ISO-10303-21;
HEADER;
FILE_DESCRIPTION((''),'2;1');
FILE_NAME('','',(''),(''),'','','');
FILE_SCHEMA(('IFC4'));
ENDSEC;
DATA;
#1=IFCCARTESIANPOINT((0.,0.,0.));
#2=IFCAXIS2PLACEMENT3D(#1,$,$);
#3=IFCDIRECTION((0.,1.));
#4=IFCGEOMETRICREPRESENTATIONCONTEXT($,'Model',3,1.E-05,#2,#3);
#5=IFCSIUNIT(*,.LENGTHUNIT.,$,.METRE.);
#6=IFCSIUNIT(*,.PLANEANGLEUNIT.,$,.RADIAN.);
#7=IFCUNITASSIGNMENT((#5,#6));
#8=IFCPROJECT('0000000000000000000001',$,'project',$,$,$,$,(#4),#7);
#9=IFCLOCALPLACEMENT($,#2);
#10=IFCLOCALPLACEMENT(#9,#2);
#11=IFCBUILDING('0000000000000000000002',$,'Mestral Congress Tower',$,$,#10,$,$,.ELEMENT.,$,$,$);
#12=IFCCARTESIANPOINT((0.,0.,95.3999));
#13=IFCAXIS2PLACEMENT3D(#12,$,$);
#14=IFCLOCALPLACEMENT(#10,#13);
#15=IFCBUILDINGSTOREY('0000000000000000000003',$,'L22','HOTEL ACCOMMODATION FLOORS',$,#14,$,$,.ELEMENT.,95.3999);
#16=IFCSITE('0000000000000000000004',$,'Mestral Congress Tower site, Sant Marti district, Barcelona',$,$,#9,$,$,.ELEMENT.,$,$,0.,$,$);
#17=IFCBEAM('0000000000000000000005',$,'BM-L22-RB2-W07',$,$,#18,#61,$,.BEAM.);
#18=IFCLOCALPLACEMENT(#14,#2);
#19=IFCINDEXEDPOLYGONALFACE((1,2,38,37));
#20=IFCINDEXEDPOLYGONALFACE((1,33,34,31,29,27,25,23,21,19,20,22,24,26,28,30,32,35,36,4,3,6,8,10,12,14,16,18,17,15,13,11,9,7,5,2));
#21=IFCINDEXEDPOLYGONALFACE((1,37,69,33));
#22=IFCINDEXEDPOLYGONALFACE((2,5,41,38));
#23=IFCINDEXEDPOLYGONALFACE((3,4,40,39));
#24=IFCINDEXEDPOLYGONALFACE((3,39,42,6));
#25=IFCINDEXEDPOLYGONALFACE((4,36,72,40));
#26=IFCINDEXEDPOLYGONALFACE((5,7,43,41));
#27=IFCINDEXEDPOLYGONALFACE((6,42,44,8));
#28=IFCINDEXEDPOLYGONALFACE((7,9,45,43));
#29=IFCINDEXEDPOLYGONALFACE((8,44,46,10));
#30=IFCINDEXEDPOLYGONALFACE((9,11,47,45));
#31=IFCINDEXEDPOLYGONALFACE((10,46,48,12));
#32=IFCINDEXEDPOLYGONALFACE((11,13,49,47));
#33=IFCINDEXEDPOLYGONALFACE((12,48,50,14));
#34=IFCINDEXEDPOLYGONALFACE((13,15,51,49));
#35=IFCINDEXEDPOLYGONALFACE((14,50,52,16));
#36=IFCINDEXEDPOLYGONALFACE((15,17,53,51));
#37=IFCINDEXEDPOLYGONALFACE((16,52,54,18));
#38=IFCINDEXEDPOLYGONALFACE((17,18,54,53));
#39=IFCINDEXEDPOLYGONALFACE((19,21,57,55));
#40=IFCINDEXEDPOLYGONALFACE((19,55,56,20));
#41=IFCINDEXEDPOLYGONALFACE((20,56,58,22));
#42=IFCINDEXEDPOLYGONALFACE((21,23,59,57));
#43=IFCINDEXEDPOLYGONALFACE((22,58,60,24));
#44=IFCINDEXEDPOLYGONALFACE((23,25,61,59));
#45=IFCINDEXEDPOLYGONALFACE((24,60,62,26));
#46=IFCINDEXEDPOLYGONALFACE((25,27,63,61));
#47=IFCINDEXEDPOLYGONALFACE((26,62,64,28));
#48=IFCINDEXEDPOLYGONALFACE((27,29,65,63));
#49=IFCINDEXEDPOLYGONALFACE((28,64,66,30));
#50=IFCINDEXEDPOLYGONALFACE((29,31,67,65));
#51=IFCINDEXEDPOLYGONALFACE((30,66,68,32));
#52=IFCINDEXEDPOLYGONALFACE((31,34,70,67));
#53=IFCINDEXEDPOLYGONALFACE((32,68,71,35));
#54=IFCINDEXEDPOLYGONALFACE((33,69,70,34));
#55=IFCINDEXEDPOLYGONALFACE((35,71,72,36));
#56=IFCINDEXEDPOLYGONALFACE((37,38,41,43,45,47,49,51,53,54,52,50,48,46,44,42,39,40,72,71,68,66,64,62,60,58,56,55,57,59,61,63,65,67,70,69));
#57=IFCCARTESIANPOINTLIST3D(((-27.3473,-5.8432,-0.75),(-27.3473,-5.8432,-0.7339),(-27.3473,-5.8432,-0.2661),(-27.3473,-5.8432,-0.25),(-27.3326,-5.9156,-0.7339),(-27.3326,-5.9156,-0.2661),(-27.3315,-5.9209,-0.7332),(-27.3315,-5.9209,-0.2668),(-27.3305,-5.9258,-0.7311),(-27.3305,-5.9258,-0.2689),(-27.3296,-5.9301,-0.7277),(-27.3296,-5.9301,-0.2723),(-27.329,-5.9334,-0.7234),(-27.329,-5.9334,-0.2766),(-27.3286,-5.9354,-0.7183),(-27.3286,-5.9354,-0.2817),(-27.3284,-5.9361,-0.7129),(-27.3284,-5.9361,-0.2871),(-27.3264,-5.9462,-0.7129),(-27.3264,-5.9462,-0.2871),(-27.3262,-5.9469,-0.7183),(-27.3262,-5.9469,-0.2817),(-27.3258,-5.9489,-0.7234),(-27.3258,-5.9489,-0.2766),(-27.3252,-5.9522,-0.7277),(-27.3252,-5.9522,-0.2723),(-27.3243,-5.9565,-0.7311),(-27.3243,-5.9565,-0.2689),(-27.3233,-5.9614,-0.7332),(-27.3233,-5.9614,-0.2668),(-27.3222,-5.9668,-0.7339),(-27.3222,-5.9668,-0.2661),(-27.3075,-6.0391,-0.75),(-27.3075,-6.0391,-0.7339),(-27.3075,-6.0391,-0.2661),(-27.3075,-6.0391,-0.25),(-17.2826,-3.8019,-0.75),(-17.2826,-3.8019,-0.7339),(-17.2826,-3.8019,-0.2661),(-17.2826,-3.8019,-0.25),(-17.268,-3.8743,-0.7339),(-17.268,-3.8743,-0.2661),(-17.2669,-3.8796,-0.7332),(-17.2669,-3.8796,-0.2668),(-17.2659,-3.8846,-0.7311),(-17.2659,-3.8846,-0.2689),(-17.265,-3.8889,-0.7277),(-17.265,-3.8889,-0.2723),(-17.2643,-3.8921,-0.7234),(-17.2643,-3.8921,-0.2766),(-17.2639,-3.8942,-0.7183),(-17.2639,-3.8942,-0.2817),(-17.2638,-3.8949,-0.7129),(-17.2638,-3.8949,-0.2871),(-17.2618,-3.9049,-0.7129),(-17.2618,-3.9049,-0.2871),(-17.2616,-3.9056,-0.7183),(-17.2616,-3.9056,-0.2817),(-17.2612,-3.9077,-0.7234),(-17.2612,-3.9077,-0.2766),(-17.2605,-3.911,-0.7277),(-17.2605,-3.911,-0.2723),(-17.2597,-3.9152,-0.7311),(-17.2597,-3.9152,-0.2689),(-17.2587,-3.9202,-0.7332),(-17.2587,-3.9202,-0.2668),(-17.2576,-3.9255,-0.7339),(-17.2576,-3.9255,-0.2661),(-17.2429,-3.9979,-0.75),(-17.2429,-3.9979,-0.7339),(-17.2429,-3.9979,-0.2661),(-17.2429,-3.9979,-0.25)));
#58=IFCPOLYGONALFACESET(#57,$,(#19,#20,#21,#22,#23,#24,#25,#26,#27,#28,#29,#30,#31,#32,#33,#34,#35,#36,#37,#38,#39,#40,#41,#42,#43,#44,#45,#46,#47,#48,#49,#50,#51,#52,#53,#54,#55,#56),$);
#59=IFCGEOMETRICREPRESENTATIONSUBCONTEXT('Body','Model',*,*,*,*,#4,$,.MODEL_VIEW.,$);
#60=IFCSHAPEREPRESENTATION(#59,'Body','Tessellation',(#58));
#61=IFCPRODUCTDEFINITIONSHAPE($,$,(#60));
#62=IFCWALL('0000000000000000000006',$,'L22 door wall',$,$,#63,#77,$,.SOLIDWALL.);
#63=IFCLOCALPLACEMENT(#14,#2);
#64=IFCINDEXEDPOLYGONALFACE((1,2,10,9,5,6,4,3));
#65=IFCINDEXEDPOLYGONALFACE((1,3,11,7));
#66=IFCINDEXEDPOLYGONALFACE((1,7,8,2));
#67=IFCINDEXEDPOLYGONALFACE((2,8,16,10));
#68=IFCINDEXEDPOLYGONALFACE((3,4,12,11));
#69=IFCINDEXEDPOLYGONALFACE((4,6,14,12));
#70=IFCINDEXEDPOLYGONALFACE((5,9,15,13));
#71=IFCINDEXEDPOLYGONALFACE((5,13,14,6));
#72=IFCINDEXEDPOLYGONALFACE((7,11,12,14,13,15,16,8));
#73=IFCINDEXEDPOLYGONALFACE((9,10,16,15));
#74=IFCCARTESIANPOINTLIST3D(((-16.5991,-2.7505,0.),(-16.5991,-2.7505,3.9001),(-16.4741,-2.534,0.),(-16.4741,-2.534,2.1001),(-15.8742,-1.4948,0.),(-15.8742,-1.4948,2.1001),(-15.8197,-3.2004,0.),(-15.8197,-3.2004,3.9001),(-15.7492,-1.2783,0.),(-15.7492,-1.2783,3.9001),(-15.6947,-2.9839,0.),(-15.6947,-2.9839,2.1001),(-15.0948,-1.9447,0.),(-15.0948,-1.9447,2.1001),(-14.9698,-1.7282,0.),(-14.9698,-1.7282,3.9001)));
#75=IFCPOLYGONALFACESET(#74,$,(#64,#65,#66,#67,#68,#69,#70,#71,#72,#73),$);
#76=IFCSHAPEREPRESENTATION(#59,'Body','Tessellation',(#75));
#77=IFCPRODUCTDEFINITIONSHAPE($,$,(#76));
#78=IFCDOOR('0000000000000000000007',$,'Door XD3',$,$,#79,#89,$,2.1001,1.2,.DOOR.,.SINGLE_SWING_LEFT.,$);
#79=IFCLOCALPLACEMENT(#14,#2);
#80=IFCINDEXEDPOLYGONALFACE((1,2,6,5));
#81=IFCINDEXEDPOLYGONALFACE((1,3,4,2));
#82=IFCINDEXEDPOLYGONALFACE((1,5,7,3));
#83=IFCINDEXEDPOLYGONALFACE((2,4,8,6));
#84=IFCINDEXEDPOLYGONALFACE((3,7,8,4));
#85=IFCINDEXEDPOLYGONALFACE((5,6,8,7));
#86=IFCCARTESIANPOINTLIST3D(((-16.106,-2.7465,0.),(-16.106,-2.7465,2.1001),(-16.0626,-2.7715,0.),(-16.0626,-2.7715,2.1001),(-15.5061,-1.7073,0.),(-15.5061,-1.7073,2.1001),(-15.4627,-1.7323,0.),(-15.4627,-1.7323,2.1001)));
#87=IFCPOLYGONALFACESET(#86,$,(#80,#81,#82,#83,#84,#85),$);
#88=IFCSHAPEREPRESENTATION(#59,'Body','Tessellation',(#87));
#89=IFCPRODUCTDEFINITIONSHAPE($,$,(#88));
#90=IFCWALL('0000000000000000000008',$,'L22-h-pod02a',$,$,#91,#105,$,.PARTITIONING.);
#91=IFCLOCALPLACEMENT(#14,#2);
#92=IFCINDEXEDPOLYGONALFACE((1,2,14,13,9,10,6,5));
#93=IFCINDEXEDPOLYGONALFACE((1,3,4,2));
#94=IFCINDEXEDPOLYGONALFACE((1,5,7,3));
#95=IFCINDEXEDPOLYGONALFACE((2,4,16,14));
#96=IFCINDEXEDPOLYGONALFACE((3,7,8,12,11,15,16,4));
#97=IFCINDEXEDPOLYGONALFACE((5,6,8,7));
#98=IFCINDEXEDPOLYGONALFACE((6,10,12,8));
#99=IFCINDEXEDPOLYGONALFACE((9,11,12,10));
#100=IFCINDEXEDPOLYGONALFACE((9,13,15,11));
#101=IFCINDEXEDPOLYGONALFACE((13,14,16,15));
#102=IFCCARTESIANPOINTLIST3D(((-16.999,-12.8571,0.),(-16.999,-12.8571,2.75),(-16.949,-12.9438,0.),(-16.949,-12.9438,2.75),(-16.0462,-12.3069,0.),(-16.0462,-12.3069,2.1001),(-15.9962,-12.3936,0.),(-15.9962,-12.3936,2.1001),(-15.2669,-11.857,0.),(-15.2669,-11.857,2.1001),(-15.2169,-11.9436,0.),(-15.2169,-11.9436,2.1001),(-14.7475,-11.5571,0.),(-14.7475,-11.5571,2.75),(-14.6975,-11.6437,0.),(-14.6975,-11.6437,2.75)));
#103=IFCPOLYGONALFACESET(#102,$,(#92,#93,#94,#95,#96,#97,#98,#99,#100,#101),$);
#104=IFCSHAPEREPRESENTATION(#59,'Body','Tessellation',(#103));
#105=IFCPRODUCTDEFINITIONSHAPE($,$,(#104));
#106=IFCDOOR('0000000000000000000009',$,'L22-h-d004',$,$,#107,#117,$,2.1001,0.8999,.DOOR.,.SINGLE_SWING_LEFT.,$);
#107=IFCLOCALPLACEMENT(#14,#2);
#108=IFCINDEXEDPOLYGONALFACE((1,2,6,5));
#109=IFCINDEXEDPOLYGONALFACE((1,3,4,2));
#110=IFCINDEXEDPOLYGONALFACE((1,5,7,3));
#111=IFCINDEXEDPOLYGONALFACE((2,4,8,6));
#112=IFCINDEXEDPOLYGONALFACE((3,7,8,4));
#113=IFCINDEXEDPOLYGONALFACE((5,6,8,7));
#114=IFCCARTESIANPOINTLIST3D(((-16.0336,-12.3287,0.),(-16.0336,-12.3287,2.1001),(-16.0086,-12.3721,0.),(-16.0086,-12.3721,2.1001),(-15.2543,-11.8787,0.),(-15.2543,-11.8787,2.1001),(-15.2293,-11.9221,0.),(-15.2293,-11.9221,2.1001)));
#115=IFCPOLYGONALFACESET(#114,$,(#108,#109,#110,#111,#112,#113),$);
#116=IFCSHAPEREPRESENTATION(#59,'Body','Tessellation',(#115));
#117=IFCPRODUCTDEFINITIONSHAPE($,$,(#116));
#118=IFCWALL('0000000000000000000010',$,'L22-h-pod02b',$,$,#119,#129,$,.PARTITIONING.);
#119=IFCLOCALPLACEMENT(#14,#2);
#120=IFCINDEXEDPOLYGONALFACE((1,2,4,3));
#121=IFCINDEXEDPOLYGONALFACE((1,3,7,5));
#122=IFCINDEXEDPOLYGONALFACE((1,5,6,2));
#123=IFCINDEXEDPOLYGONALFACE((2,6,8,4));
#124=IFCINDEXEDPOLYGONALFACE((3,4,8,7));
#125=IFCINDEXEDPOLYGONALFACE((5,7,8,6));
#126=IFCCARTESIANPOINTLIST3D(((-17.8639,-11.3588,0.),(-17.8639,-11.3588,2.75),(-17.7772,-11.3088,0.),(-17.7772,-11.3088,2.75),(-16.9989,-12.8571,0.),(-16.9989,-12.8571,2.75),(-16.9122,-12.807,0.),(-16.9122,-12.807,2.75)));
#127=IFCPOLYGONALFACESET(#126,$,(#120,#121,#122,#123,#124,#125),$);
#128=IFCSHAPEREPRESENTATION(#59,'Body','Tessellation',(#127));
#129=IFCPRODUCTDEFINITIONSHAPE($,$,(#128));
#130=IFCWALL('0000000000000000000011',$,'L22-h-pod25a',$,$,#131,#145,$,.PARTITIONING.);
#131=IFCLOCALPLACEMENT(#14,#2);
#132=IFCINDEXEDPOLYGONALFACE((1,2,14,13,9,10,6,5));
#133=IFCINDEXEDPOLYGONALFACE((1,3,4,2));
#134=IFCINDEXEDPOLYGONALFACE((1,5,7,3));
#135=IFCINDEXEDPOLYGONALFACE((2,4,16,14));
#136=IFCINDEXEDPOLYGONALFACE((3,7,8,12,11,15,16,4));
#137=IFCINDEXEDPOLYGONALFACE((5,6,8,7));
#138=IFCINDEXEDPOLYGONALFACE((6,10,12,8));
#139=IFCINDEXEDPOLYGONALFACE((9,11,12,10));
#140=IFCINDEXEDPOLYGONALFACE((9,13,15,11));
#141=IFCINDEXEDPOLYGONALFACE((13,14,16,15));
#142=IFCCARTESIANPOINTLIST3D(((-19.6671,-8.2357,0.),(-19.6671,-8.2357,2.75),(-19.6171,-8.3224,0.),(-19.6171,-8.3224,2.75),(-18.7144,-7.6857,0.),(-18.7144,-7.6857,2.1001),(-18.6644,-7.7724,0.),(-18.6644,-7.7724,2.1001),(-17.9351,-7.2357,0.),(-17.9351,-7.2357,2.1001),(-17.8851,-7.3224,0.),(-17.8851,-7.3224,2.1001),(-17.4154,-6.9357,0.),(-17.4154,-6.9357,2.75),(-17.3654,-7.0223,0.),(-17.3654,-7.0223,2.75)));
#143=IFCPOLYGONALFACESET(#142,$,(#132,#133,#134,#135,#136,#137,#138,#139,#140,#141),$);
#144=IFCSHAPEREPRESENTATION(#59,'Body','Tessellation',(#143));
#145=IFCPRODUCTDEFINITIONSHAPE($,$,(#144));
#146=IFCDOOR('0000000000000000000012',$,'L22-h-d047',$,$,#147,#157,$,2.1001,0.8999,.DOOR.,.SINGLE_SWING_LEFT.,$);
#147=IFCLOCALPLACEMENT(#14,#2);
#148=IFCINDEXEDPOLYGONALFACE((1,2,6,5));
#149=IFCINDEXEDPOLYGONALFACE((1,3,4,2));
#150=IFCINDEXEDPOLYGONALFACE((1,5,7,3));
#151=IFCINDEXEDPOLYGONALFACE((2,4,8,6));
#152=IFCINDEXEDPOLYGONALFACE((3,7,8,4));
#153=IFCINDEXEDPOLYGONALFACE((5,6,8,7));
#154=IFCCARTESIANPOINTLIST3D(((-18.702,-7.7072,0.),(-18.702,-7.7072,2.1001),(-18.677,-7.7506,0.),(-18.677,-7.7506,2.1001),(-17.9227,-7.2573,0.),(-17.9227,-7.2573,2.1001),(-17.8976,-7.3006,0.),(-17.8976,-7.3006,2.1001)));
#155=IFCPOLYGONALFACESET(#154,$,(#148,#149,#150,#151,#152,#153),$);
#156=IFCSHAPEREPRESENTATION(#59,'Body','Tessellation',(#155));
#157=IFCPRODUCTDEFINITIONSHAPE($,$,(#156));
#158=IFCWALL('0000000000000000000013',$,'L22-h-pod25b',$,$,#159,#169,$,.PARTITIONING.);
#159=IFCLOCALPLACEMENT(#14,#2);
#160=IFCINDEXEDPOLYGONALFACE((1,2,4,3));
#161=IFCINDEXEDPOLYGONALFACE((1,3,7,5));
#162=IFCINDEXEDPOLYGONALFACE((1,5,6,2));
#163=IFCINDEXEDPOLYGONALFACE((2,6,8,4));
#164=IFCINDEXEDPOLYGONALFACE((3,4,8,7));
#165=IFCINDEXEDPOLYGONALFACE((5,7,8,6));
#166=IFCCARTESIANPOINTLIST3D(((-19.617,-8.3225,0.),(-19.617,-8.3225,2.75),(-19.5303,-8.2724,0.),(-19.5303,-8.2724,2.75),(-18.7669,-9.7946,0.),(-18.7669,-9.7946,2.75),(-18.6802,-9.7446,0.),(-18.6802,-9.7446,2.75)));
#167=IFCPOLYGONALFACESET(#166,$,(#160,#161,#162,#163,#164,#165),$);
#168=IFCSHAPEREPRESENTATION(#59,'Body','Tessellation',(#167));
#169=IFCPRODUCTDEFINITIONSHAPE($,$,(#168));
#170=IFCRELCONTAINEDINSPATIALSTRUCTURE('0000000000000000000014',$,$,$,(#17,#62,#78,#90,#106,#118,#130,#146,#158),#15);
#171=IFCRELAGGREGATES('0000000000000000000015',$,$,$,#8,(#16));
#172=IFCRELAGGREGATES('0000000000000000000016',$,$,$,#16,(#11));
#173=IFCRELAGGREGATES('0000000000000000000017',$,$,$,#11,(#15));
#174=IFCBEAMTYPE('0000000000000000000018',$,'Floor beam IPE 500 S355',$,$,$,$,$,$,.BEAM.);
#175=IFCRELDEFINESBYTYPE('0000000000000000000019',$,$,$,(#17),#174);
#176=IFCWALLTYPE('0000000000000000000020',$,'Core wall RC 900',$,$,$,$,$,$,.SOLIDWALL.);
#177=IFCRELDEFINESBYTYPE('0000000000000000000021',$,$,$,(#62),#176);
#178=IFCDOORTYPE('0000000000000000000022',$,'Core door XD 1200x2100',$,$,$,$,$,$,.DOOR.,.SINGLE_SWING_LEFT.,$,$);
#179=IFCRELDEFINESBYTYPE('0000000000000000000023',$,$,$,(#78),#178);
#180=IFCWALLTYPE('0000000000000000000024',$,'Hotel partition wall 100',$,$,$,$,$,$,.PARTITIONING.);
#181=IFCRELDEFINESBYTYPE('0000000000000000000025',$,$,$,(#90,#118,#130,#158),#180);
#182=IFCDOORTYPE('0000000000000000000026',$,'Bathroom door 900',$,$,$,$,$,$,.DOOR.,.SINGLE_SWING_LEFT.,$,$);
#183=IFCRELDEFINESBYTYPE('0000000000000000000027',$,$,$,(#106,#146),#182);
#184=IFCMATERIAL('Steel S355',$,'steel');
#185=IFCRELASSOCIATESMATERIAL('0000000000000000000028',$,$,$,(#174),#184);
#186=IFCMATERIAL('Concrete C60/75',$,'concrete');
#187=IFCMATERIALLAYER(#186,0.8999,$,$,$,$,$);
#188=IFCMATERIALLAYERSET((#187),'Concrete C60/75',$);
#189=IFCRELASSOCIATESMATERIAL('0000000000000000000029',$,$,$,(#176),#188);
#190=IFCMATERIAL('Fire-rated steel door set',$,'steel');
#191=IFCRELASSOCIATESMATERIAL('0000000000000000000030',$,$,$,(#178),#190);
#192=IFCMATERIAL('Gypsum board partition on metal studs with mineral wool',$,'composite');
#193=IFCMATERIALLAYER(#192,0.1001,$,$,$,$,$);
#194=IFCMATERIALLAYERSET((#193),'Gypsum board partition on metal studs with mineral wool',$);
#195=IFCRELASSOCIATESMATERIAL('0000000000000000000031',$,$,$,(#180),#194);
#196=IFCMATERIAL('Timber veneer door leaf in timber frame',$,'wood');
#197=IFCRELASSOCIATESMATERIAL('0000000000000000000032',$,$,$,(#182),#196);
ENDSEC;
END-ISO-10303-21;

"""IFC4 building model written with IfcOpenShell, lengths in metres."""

from ifc_helpers import new_model, si_unit, direction, frame, frame_2d, origin, origin_2d, place, context, subcontext, project, spatial, rectangle, i_section, extrude, material, layer, layer_set, material_profile, profile_set, type_object, element, fill, save


model = new_model("IFC4")

# Units and contexts
model_context = context("Model", 3, precision=1e-05, world=origin(), true_north=direction((0.0, 1.0)))
body_context = subcontext(model_context, "Body", "Model", "MODEL_VIEW")
ifc_project = project(units=[si_unit("LENGTHUNIT", "METRE"), si_unit("PLANEANGLEUNIT", "RADIAN")], contexts=[model_context])

# Site, building, storey
site_placement = place(None, origin())
site = spatial("IfcSite", under=ifc_project, at=site_placement, Name="Mestral Congress Tower site, Sant Marti district, Barcelona", CompositionType="ELEMENT", RefElevation=0.0)
building_placement = place(site_placement, origin())
building = spatial("IfcBuilding", under=site, at=building_placement, Name="Mestral Congress Tower", CompositionType="ELEMENT")
storey_placement = place(building_placement, frame((0.0, 0.0, 95.3999)))
storey = spatial("IfcBuildingStorey", under=building, at=storey_placement, Name="L22", Description="HOTEL ACCOMMODATION FLOORS", CompositionType="ELEMENT", Elevation=95.3999)

# Beam
ifc_material_1 = material(Name="Steel S355", Category="steel")
ifc_material_profile = material_profile(ifc_material_1, i_section(OverallWidth=0.2, OverallDepth=0.5, WebThickness=0.0103, FlangeThickness=0.0161, FilletRadius=0.021, at=origin_2d()), Name="IPE 500")
ifc_profile_set = profile_set([ifc_material_profile], Name="Steel S355")
beam_type = type_object("IfcBeamType", Name="Floor beam IPE 500 S355", PredefinedType="BEAM", material=ifc_profile_set)
beam_placement = place(storey_placement, frame((-27.3274, -5.9412, -0.5), z_axis=(0.980047, 0.198767, 0.0), x_axis=(-0.198767, 0.980047, 0.0)))
element("IfcBeam", 1, at=beam_placement, inside=storey, type_object=beam_type, Name="BM-L22-RB2-W07", PredefinedType="BEAM", context=body_context, shape_type="SweptSolid", body=[
    extrude(i_section(OverallWidth=0.2, OverallDepth=0.5, WebThickness=0.0103, FlangeThickness=0.0161, FilletRadius=0.021, at=origin_2d()), origin(), (0.0, 0.0, 1.0), 10.2695),
])

# Walls, openings, doors
ifc_material_2 = material(Name="Concrete C60/75", Category="concrete")
ifc_layer_1 = layer(ifc_material_2, 0.8999)
ifc_layer_set_1 = layer_set([ifc_layer_1], Name="Concrete C60/75")
wall_type_1 = type_object("IfcWallType", Name="Core wall RC 900", PredefinedType="SOLIDWALL", material=ifc_layer_set_1)
wall_1_placement = place(storey_placement, frame((-16.2095, -2.9756, 0.0), z_axis=(0.0, 0.0, 1.0), x_axis=(0.499955, 0.866052, 0.0)))
wall_1 = element("IfcWall", 2, at=wall_1_placement, inside=storey, type_object=wall_type_1, Name="L22 door wall", PredefinedType="SOLIDWALL", context=body_context, shape_type="SweptSolid", body=[
    extrude(rectangle(XDim=1.7, YDim=0.8999, at=frame_2d((0.8501, 0.0))), origin(), (0.0, 0.0, 1.0), 3.9001),
])
opening_1_placement = place(wall_1_placement, frame((0.25, 0.0, 0.0)))
opening_1 = element("IfcOpeningElement", 3, at=opening_1_placement, cuts=wall_1, PredefinedType="OPENING", context=body_context, shape_type="SweptSolid", body=[
    extrude(rectangle(XDim=1.2, YDim=2.1001, at=frame_2d((0.6001, 1.05))), frame((0.0, 0.46, 0.0), z_axis=(0.0, -1.0, 0.0), x_axis=(1.0, 0.0, 0.0)), (0.0, 0.0, 1.0), 0.9199),
])
ifc_material_3 = material(Name="Fire-rated steel door set", Category="steel")
door_type_1 = type_object("IfcDoorType", Name="Core door XD 1200x2100", OperationType="SINGLE_SWING_LEFT", PredefinedType="DOOR", material=ifc_material_3)
door_1_placement = place(opening_1_placement, origin())
door_1 = element("IfcDoor", 4, at=door_1_placement, inside=storey, type_object=door_type_1, Name="Door XD3", OperationType="SINGLE_SWING_LEFT", OverallHeight=2.1001, OverallWidth=1.2, PredefinedType="DOOR", context=body_context, shape_type="SweptSolid", body=[
    extrude(rectangle(XDim=1.2, YDim=2.1001, at=frame_2d((0.6001, 1.05))), frame((0.0, 0.0249, 0.0), z_axis=(0.0, -1.0, 0.0), x_axis=(1.0, 0.0, 0.0)), (0.0, 0.0, 1.0), 0.05),
])
fill(opening_1, door_1)
ifc_material_4 = material(Name="Gypsum board partition on metal studs with mineral wool", Category="composite")
ifc_layer_2 = layer(ifc_material_4, 0.1001)
ifc_layer_set_2 = layer_set([ifc_layer_2], Name="Gypsum board partition on metal studs with mineral wool")
wall_type_2 = type_object("IfcWallType", Name="Hotel partition wall 100", PredefinedType="PARTITIONING", material=ifc_layer_set_2)
wall_2_placement = place(storey_placement, frame((-16.9739, -12.9004, 0.0), z_axis=(0.0, 0.0, 1.0), x_axis=(0.865998, 0.500048, 0.0)))
wall_2 = element("IfcWall", 5, at=wall_2_placement, inside=storey, type_object=wall_type_2, Name="L22-h-pod02a", PredefinedType="PARTITIONING", context=body_context, shape_type="SweptSolid", body=[
    extrude(rectangle(XDim=2.5999, YDim=0.1001, at=frame_2d((1.2998, 0.0))), origin(), (0.0, 0.0, 1.0), 2.75),
])
opening_2_placement = place(wall_2_placement, frame((1.1001, 0.0, 0.0)))
opening_2 = element("IfcOpeningElement", 6, at=opening_2_placement, cuts=wall_2, PredefinedType="OPENING", context=body_context, shape_type="SweptSolid", body=[
    extrude(rectangle(XDim=0.8999, YDim=2.1001, at=frame_2d((0.45, 1.05))), frame((0.0, 0.0601, 0.0), z_axis=(0.0, -1.0, 0.0), x_axis=(1.0, 0.0, 0.0)), (0.0, 0.0, 1.0), 0.1201),
])
ifc_material_5 = material(Name="Timber veneer door leaf in timber frame", Category="wood")
door_type_2 = type_object("IfcDoorType", Name="Bathroom door 900", OperationType="SINGLE_SWING_LEFT", PredefinedType="DOOR", material=ifc_material_5)
door_2_placement = place(opening_2_placement, origin())
door_2 = element("IfcDoor", 7, at=door_2_placement, inside=storey, type_object=door_type_2, Name="L22-h-d004", OperationType="SINGLE_SWING_LEFT", OverallHeight=2.1001, OverallWidth=0.8999, PredefinedType="DOOR", context=body_context, shape_type="SweptSolid", body=[
    extrude(rectangle(XDim=0.8999, YDim=2.1001, at=frame_2d((0.45, 1.05))), frame((0.0, 0.0249, 0.0), z_axis=(0.0, -1.0, 0.0), x_axis=(1.0, 0.0, 0.0)), (0.0, 0.0, 1.0), 0.05),
])
fill(opening_2, door_2)

# Wall
wall_3_placement = place(storey_placement, frame((-16.9556, -12.832, 0.0), z_axis=(0.0, 0.0, 1.0), x_axis=(-0.499979, 0.866038, 0.0)))
element("IfcWall", 8, at=wall_3_placement, inside=storey, type_object=wall_type_2, Name="L22-h-pod02b", PredefinedType="PARTITIONING", context=body_context, shape_type="SweptSolid", body=[
    extrude(rectangle(XDim=1.73, YDim=0.1001, at=frame_2d((0.865, 0.0))), origin(), (0.0, 0.0, 1.0), 2.75),
])

# Wall, opening, door
wall_4_placement = place(storey_placement, frame((-17.3904, -6.979, 0.0), z_axis=(0.0, 0.0, 1.0), x_axis=(-0.866021, -0.500007, 0.0)))
wall_4 = element("IfcWall", 9, at=wall_4_placement, inside=storey, type_object=wall_type_2, Name="L22-h-pod25a", PredefinedType="PARTITIONING", context=body_context, shape_type="SweptSolid", body=[
    extrude(rectangle(XDim=2.6001, YDim=0.1001, at=frame_2d((1.3, 0.0))), origin(), (0.0, 0.0, 1.0), 2.75),
])
opening_3_placement = place(wall_4_placement, frame((0.6001, 0.0, 0.0)))
opening_3 = element("IfcOpeningElement", 10, at=opening_3_placement, cuts=wall_4, PredefinedType="OPENING", context=body_context, shape_type="SweptSolid", body=[
    extrude(rectangle(XDim=0.8999, YDim=2.1001, at=frame_2d((0.45, 1.05))), frame((0.0, 0.0601, 0.0), z_axis=(0.0, -1.0, 0.0), x_axis=(1.0, 0.0, 0.0)), (0.0, 0.0, 1.0), 0.1201),
])
door_3_placement = place(opening_3_placement, origin())
door_3 = element("IfcDoor", 11, at=door_3_placement, inside=storey, type_object=door_type_2, Name="L22-h-d047", OperationType="SINGLE_SWING_LEFT", OverallHeight=2.1001, OverallWidth=0.8999, PredefinedType="DOOR", context=body_context, shape_type="SweptSolid", body=[
    extrude(rectangle(XDim=0.8999, YDim=2.1001, at=frame_2d((0.45, 1.05))), frame((0.0, 0.0249, 0.0), z_axis=(0.0, -1.0, 0.0), x_axis=(1.0, 0.0, 0.0)), (0.0, 0.0, 1.0), 0.05),
])
fill(opening_3, door_3)

# Wall
wall_5_placement = place(storey_placement, frame((-19.5737, -8.2974, 0.0), z_axis=(0.0, 0.0, 1.0), x_axis=(0.500062, -0.865989, 0.0)))
element("IfcWall", 12, at=wall_5_placement, inside=storey, type_object=wall_type_2, Name="L22-h-pod25b", PredefinedType="PARTITIONING", context=body_context, shape_type="SweptSolid", body=[
    extrude(rectangle(XDim=1.7, YDim=0.1001, at=frame_2d((0.8501, 0.0))), origin(), (0.0, 0.0, 1.0), 2.75),
])

save(model, "model.ifc")
